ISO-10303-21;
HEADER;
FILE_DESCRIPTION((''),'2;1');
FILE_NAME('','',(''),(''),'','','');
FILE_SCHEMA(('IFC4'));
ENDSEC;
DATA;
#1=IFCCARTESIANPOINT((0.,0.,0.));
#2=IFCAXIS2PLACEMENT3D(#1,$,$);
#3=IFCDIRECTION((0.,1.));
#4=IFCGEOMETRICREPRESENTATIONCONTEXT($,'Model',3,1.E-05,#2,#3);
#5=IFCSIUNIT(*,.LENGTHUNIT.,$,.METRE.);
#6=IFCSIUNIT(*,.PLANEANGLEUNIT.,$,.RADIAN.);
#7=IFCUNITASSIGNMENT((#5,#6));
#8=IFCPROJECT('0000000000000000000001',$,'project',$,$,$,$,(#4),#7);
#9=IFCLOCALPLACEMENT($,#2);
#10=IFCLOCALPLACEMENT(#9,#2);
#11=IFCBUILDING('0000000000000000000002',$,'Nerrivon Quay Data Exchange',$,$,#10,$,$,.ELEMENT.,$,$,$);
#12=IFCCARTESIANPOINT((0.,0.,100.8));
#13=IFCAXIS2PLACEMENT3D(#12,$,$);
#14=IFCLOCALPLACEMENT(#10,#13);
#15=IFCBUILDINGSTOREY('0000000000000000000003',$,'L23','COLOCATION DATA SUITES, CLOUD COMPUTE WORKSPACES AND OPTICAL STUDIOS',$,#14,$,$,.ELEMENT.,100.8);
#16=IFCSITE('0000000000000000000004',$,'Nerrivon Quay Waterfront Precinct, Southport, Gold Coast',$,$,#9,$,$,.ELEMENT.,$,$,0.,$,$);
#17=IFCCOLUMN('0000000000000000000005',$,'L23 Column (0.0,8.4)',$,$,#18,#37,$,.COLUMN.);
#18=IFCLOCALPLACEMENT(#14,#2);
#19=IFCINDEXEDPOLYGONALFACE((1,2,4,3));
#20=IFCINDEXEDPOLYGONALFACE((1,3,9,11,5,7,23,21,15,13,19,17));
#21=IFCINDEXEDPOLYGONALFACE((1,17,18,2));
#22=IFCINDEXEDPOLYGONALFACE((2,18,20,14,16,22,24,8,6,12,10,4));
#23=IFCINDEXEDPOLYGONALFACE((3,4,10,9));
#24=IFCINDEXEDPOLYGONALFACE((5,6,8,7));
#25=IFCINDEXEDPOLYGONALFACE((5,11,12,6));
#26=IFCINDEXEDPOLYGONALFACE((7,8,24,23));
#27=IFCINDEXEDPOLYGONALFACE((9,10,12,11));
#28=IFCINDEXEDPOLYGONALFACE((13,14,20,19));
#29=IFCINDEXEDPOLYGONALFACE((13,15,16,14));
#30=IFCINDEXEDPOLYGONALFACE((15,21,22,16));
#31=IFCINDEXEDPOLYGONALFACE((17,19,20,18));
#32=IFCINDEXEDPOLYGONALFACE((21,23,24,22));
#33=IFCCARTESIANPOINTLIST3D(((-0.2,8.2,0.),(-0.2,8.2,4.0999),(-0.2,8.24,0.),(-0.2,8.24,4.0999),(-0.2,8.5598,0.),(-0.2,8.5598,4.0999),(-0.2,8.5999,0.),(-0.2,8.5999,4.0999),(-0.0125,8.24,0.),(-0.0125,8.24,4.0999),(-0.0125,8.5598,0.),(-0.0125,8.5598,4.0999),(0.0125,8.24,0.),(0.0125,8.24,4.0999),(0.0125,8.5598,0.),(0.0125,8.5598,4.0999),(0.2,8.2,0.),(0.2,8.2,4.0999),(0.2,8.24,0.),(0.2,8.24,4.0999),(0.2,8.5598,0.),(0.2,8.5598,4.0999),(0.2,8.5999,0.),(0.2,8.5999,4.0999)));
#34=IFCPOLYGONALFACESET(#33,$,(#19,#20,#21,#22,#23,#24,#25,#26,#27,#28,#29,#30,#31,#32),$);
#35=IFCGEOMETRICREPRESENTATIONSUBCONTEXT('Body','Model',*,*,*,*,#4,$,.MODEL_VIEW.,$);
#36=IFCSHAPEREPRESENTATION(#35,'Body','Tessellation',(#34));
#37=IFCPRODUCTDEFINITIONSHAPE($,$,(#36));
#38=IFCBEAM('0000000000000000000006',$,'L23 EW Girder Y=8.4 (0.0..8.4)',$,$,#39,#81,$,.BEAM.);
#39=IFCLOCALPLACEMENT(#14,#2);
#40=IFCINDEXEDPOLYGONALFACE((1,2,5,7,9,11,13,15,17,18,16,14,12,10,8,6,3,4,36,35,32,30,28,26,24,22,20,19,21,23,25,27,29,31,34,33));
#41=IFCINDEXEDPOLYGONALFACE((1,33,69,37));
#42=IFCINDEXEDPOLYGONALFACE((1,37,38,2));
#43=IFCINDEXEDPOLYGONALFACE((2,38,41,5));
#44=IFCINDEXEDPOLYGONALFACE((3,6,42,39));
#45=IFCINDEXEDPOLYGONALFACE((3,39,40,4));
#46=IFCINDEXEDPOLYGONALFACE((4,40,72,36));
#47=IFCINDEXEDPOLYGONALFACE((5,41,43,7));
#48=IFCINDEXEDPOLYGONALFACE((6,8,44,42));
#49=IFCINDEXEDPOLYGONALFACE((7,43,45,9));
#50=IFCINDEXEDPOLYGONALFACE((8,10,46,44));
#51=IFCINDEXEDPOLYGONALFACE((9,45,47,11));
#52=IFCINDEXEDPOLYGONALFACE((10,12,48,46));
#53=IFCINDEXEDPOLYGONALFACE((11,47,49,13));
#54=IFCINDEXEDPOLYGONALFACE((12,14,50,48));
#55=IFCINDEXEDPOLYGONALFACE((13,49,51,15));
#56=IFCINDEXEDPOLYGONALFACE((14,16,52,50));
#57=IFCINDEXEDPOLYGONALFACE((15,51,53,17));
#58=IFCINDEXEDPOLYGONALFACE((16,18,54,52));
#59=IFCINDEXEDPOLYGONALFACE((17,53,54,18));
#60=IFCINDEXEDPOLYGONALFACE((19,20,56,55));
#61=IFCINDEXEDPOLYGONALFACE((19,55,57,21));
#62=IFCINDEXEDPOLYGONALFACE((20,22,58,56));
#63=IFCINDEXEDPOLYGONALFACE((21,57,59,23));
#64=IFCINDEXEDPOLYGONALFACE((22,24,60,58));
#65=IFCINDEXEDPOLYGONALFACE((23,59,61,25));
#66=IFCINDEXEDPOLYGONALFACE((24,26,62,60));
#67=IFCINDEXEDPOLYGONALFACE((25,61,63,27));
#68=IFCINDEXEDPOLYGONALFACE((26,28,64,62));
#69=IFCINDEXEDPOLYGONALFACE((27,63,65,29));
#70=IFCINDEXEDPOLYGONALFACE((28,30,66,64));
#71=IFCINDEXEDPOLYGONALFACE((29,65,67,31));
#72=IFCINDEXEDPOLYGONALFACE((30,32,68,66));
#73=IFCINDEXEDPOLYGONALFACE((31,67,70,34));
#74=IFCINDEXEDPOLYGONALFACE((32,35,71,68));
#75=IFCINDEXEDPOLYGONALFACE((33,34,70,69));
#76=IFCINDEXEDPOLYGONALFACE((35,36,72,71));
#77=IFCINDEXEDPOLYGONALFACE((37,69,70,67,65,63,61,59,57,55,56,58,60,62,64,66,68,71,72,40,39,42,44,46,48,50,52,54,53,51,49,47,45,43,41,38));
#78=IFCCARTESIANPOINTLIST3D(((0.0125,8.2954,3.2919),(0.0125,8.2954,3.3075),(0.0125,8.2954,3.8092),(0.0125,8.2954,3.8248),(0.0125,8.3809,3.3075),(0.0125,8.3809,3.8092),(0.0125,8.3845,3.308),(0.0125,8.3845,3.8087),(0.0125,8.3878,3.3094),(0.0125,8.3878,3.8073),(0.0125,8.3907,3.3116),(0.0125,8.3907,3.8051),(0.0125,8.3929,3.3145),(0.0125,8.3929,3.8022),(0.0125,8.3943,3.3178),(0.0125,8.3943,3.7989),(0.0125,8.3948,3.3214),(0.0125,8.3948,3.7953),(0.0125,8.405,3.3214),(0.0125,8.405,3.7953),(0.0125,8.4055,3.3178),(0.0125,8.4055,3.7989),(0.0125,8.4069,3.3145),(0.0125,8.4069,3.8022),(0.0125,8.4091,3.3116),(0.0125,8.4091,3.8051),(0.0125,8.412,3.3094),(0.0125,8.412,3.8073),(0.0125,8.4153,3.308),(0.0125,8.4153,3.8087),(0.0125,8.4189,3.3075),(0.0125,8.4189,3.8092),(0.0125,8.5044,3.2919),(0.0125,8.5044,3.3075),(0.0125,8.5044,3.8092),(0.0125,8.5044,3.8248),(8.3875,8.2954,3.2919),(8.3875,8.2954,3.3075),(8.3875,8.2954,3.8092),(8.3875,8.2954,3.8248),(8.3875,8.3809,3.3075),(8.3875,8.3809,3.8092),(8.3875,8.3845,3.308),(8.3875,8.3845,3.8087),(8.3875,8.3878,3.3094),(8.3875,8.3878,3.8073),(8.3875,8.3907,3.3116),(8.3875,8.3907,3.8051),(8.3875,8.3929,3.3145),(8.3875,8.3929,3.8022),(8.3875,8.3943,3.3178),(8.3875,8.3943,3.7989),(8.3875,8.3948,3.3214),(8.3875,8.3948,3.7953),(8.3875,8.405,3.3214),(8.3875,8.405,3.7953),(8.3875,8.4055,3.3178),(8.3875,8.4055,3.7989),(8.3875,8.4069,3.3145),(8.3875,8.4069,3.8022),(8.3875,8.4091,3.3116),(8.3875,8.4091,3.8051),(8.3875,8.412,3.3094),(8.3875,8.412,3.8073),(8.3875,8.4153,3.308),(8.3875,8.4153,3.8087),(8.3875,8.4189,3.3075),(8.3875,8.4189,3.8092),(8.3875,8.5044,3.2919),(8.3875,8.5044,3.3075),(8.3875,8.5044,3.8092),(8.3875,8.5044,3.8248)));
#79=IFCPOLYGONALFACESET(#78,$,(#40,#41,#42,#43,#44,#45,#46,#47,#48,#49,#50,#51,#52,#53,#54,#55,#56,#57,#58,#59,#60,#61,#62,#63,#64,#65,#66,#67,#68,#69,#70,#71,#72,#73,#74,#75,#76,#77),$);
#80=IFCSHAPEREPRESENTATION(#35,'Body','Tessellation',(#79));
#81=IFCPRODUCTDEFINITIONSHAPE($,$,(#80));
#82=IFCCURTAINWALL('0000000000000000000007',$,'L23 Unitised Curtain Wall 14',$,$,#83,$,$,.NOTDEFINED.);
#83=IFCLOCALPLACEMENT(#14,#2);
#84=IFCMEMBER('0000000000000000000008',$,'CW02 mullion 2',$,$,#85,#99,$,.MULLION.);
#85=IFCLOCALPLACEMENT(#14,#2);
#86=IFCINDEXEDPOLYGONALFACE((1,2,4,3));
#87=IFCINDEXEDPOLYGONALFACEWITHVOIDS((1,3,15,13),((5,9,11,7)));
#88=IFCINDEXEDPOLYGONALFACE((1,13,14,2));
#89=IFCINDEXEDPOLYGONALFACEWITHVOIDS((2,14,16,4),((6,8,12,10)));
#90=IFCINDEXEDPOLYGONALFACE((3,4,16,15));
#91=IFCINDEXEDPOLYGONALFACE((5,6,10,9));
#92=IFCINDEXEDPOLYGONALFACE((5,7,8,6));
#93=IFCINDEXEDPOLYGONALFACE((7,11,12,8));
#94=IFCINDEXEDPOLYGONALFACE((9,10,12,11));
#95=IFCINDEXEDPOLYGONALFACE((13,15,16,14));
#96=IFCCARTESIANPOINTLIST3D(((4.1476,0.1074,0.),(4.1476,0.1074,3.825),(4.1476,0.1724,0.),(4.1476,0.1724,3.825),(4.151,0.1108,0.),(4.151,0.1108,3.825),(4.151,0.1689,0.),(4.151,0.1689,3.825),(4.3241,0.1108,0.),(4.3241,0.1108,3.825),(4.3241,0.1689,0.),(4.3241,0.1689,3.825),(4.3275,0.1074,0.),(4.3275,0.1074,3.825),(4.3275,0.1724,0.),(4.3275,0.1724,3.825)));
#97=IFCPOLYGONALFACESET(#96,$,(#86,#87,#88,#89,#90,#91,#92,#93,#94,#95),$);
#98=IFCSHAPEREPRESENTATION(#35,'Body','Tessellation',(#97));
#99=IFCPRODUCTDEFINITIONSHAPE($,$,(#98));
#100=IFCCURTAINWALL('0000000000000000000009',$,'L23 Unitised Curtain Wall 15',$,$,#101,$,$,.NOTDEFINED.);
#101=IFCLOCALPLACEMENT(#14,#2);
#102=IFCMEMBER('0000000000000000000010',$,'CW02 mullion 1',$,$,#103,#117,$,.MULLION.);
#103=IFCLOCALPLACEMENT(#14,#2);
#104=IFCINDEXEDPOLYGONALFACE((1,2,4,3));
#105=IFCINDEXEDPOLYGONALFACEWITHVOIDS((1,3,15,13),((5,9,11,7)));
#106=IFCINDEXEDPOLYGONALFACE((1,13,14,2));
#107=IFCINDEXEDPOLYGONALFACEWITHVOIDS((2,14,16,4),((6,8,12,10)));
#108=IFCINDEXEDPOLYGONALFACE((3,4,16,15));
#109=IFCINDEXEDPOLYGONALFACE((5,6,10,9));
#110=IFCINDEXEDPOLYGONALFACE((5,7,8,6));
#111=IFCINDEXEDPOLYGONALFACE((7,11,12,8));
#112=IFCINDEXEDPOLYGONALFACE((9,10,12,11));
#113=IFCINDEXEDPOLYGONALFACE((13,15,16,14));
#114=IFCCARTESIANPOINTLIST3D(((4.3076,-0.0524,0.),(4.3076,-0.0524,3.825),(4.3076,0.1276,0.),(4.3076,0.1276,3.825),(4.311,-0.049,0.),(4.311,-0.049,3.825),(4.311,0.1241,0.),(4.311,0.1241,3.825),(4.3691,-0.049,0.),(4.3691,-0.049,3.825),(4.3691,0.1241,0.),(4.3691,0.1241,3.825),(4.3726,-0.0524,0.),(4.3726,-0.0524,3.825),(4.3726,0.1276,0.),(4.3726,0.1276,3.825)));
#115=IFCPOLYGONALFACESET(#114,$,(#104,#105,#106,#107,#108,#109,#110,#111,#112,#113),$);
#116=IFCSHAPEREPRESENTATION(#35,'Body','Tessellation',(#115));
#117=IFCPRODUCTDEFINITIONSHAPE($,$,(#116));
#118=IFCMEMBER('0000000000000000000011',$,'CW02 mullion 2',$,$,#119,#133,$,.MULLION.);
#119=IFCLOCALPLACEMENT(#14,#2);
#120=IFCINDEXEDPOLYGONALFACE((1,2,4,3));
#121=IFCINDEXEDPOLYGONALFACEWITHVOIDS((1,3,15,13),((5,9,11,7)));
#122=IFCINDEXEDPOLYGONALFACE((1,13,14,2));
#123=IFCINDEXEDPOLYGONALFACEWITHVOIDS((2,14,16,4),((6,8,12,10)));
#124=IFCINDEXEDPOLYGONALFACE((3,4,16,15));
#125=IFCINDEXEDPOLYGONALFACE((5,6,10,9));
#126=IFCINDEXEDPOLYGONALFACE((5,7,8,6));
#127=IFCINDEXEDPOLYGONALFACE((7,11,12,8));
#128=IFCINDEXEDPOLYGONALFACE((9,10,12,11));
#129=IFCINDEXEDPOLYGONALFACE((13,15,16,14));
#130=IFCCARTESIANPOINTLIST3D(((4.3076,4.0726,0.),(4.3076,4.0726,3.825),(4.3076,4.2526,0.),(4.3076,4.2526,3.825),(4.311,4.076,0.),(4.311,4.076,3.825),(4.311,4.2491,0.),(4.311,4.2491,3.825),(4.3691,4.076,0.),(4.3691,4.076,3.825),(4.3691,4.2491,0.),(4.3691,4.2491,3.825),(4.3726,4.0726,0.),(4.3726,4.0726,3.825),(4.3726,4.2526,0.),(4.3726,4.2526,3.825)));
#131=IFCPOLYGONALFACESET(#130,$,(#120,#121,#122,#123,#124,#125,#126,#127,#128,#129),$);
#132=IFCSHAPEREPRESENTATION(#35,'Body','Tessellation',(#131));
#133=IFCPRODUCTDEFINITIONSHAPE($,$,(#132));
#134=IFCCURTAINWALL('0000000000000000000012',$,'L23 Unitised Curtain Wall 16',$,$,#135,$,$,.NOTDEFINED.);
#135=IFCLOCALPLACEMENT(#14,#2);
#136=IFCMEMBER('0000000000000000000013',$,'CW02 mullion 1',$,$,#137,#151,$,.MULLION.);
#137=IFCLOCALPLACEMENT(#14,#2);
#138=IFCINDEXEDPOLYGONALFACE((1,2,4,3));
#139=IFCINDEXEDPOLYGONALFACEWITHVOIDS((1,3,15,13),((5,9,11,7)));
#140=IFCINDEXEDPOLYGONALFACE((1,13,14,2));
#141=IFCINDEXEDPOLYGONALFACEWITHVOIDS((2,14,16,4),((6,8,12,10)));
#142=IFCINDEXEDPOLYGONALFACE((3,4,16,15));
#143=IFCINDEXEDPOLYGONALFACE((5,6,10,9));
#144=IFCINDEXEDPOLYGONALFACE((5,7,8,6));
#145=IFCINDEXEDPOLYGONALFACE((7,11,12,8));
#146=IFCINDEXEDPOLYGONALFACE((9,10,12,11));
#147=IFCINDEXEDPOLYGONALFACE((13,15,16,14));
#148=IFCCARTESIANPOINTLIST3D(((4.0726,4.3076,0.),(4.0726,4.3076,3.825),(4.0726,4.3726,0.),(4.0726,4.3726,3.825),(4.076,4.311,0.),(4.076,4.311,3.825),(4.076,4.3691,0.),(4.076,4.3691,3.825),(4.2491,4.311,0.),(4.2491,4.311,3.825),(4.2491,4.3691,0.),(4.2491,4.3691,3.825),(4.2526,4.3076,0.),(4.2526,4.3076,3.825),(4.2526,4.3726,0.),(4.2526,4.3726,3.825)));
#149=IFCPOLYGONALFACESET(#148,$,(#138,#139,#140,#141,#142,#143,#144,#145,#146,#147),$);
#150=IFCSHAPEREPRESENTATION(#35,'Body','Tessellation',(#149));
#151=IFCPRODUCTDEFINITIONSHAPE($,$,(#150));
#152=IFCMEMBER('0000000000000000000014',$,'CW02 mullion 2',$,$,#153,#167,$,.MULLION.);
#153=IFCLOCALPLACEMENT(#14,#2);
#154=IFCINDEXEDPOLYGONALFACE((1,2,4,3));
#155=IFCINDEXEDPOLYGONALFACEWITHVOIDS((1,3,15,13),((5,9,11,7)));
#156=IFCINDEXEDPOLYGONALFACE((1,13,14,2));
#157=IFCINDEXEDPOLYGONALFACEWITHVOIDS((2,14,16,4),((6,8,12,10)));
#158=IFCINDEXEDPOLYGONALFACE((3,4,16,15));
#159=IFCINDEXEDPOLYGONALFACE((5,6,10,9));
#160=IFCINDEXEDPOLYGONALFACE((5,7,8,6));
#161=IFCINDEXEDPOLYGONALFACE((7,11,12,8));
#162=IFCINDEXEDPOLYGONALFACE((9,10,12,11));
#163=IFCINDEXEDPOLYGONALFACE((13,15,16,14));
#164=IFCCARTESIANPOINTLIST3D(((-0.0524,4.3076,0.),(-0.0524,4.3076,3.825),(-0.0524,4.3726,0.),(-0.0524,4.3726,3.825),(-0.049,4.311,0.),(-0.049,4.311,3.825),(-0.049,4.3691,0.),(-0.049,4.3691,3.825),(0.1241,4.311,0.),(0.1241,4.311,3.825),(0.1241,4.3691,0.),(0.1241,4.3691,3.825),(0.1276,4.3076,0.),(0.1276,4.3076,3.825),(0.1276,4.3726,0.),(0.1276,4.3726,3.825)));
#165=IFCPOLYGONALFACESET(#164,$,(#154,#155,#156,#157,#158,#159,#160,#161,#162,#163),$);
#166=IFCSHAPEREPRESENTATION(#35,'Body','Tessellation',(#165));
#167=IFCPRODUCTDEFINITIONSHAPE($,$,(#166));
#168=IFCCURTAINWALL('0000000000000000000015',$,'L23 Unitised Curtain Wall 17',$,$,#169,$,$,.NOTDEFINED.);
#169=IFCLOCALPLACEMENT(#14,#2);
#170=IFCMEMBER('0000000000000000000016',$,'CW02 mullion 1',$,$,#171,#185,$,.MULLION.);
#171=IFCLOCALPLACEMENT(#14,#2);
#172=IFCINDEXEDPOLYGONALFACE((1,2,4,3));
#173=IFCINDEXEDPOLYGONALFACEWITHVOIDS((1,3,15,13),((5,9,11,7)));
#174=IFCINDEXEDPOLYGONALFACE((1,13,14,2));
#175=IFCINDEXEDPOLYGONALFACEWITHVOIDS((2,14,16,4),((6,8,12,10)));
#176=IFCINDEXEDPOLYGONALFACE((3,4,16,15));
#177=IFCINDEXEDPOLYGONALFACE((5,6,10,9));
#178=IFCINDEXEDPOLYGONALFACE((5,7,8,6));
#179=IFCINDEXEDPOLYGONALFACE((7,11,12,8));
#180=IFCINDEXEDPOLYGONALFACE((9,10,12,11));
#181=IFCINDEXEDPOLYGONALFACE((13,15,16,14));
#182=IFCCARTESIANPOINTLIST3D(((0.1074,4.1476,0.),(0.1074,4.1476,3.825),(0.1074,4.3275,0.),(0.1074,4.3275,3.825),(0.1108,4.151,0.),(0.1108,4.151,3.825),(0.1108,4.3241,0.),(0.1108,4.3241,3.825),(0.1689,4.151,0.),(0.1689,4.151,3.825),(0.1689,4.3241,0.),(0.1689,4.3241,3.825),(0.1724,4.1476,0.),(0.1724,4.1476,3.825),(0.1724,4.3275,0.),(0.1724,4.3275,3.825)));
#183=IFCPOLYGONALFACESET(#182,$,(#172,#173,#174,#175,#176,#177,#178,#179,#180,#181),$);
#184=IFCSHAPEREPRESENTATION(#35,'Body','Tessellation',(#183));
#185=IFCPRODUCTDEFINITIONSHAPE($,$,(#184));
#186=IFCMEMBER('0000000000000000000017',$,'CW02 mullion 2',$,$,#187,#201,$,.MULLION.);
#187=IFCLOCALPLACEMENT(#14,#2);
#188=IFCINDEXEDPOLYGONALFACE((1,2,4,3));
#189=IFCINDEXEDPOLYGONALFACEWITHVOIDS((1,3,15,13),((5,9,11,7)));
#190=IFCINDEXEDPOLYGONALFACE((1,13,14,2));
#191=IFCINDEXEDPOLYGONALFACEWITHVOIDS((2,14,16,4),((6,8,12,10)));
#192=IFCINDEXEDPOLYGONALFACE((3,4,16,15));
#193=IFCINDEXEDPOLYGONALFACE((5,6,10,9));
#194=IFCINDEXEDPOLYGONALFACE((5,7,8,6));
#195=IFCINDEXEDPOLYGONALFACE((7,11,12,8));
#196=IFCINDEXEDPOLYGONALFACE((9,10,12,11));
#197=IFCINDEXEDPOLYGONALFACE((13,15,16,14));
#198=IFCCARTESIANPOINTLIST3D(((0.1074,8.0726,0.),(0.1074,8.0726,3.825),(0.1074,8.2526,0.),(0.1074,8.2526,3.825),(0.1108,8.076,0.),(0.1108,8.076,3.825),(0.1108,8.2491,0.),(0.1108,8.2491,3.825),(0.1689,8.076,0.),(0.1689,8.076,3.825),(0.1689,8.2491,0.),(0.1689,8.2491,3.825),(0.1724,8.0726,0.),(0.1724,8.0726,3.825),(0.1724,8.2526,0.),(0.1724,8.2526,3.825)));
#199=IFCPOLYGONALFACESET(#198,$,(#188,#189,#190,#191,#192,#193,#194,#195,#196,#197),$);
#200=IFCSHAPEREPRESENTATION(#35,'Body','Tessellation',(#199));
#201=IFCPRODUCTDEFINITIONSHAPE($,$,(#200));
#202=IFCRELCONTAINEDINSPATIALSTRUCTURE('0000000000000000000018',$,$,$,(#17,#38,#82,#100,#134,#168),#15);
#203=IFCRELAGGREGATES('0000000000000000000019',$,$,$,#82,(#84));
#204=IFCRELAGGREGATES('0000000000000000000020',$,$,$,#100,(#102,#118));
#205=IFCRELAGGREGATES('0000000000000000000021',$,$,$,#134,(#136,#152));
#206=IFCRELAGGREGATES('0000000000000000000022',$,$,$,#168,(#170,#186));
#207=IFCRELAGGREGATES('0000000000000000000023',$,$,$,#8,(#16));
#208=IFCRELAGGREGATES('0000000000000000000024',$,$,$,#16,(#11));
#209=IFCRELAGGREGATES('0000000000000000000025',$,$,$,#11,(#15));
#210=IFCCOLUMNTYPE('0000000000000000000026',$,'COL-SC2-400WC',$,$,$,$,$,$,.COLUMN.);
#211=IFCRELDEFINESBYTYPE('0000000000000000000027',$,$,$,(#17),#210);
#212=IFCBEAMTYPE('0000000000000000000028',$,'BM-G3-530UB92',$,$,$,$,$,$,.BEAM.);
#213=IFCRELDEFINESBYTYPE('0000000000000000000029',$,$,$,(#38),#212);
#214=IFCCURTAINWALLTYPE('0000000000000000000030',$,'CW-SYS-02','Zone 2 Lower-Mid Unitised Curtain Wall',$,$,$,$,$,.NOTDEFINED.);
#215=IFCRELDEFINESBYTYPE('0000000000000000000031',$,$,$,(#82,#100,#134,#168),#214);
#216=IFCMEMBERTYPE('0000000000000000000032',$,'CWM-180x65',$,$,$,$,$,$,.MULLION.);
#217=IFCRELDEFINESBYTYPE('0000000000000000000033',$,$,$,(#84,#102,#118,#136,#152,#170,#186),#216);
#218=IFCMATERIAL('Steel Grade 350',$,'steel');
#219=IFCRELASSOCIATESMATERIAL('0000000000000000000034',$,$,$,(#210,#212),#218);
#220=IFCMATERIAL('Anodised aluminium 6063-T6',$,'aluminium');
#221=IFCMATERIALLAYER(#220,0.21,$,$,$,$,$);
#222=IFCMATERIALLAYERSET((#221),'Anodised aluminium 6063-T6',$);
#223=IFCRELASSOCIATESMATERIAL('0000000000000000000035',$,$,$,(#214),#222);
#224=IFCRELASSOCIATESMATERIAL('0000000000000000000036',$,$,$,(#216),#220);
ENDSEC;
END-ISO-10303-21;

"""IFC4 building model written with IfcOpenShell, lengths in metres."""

from ifc_helpers import new_model, si_unit, direction, frame, origin, origin_2d, place, context, subcontext, project, spatial, hollow_rectangle, i_section, extrude, material, layer, layer_set, material_profile, profile_set, type_object, element, aggregate, save


model = new_model("IFC4")

# Units and contexts
model_context = context("Model", 3, precision=1e-05, world=origin(), true_north=direction((0.0, 1.0)))
body_context = subcontext(model_context, "Body", "Model", "MODEL_VIEW")
ifc_project = project(units=[si_unit("LENGTHUNIT", "METRE"), si_unit("PLANEANGLEUNIT", "RADIAN")], contexts=[model_context])

# Site, building, storey
site_placement = place(None, origin())
site = spatial("IfcSite", under=ifc_project, at=site_placement, Name="Nerrivon Quay Waterfront Precinct, Southport, Gold Coast", CompositionType="ELEMENT", RefElevation=0.0)
building_placement = place(site_placement, origin())
building = spatial("IfcBuilding", under=site, at=building_placement, Name="Nerrivon Quay Data Exchange", CompositionType="ELEMENT")
storey_placement = place(building_placement, frame((0.0, 0.0, 100.8)))
storey = spatial("IfcBuildingStorey", under=building, at=storey_placement, Name="L23", Description="COLOCATION DATA SUITES, CLOUD COMPUTE WORKSPACES AND OPTICAL STUDIOS", CompositionType="ELEMENT", Elevation=100.8)

# Column
ifc_material_1 = material(Name="Steel Grade 350", Category="steel")
ifc_material_profile_1 = material_profile(ifc_material_1, i_section(OverallWidth=0.3999, OverallDepth=0.3999, WebThickness=0.0249, FlangeThickness=0.04, at=origin_2d()), Name="400WC328")
ifc_profile_set_1 = profile_set([ifc_material_profile_1], Name="Steel Grade 350")
column_type = type_object("IfcColumnType", Name="COL-SC2-400WC", PredefinedType="COLUMN", material=ifc_profile_set_1)
column_placement = place(storey_placement, frame((0.0, 8.3999, 0.0), z_axis=(0.0, 0.0, 1.0), x_axis=(1.0, 0.0, 0.0)))
element("IfcColumn", 1, at=column_placement, inside=storey, type_object=column_type, Name="L23 Column (0.0,8.4)", PredefinedType="COLUMN", context=body_context, shape_type="SweptSolid", body=[
    extrude(i_section(OverallWidth=0.3999, OverallDepth=0.3999, WebThickness=0.0249, FlangeThickness=0.04, at=origin_2d()), origin(), (0.0, 0.0, 1.0), 4.0999),
])

# Beam
ifc_material_profile_2 = material_profile(ifc_material_1, i_section(OverallWidth=0.209, OverallDepth=0.533, WebThickness=0.0103, FlangeThickness=0.0156, FilletRadius=0.0139, at=origin_2d()), Name="530UB92.4")
ifc_profile_set_2 = profile_set([ifc_material_profile_2], Name="Steel Grade 350")
beam_type = type_object("IfcBeamType", Name="BM-G3-530UB92", PredefinedType="BEAM", material=ifc_profile_set_2)
beam_placement = place(storey_placement, frame((0.0125, 8.3999, 3.5583), z_axis=(1.0, 0.0, 0.0), x_axis=(0.0, 1.0, 0.0)))
element("IfcBeam", 2, at=beam_placement, inside=storey, type_object=beam_type, Name="L23 EW Girder Y=8.4 (0.0..8.4)", PredefinedType="BEAM", context=body_context, shape_type="SweptSolid", body=[
    extrude(i_section(OverallWidth=0.209, OverallDepth=0.533, WebThickness=0.0103, FlangeThickness=0.0156, FilletRadius=0.0139, at=origin_2d()), origin(), (0.0, 0.0, 1.0), 8.375),
])

# Curtain wall, member
ifc_material_2 = material(Name="Anodised aluminium 6063-T6", Category="aluminium")
ifc_layer_1 = layer(ifc_material_2, 0.21)
ifc_layer_set_1 = layer_set([ifc_layer_1], Name="Anodised aluminium 6063-T6")
curtain_wall_type = type_object("IfcCurtainWallType", Name="CW-SYS-02", Description="Zone 2 Lower-Mid Unitised Curtain Wall", PredefinedType="NOTDEFINED", material=ifc_layer_set_1)
curtain_wall_1_placement = place(storey_placement, origin())
curtain_wall_1 = element("IfcCurtainWall", 3, at=curtain_wall_1_placement, inside=storey, type_object=curtain_wall_type, Name="L23 Unitised Curtain Wall 14", PredefinedType="NOTDEFINED")
ifc_material_profile_3 = material_profile(ifc_material_2, hollow_rectangle(XDim=0.0649, YDim=0.1799, WallThickness=0.0034, at=origin_2d()), Name="ALU-MULL-180x65")
ifc_profile_set_3 = profile_set([ifc_material_profile_3], Name="Anodised aluminium 6063-T6")
member_type_1 = type_object("IfcMemberType", Name="CWM-180x65", PredefinedType="MULLION", material=ifc_profile_set_3)
member_1_placement = place(storey_placement, frame((4.2375, 0.1399, 0.0), z_axis=(0.0, 0.0, 1.0), x_axis=(0.0, -1.0, 0.0)))
member_1 = element("IfcMember", 4, at=member_1_placement, type_object=member_type_1, Name="CW02 mullion 2", PredefinedType="MULLION", context=body_context, shape_type="SweptSolid", body=[
    extrude(hollow_rectangle(XDim=0.0649, YDim=0.1799, WallThickness=0.0034, at=origin_2d()), origin(), (0.0, 0.0, 1.0), 3.825),
])
aggregate(curtain_wall_1, [member_1])

# Curtain walls, members
curtain_wall_2_placement = place(storey_placement, origin())
curtain_wall_2 = element("IfcCurtainWall", 5, at=curtain_wall_2_placement, inside=storey, type_object=curtain_wall_type, Name="L23 Unitised Curtain Wall 15", PredefinedType="NOTDEFINED")
member_2_placement = place(storey_placement, frame((4.3401, 0.0376, 0.0), z_axis=(0.0, 0.0, 1.0), x_axis=(-1.0, 0.0, 0.0)))
member_2 = element("IfcMember", 6, at=member_2_placement, type_object=member_type_1, Name="CW02 mullion 1", PredefinedType="MULLION", context=body_context, shape_type="SweptSolid", body=[
    extrude(hollow_rectangle(XDim=0.0649, YDim=0.1799, WallThickness=0.0034, at=origin_2d()), origin(), (0.0, 0.0, 1.0), 3.825),
])
member_3_placement = place(storey_placement, frame((4.3401, 4.1626, 0.0), z_axis=(0.0, 0.0, 1.0), x_axis=(-1.0, 0.0, 0.0)))
member_3 = element("IfcMember", 7, at=member_3_placement, type_object=member_type_1, Name="CW02 mullion 2", PredefinedType="MULLION", context=body_context, shape_type="SweptSolid", body=[
    extrude(hollow_rectangle(XDim=0.0649, YDim=0.1799, WallThickness=0.0034, at=origin_2d()), origin(), (0.0, 0.0, 1.0), 3.825),
])
curtain_wall_3_placement = place(storey_placement, origin())
curtain_wall_3 = element("IfcCurtainWall", 8, at=curtain_wall_3_placement, inside=storey, type_object=curtain_wall_type, Name="L23 Unitised Curtain Wall 16", PredefinedType="NOTDEFINED")
member_4_placement = place(storey_placement, frame((4.1626, 4.3401, 0.0), z_axis=(0.0, 0.0, 1.0), x_axis=(0.0, -1.0, 0.0)))
member_4 = element("IfcMember", 9, at=member_4_placement, type_object=member_type_1, Name="CW02 mullion 1", PredefinedType="MULLION", context=body_context, shape_type="SweptSolid", body=[
    extrude(hollow_rectangle(XDim=0.0649, YDim=0.1799, WallThickness=0.0034, at=origin_2d()), origin(), (0.0, 0.0, 1.0), 3.825),
])
member_5_placement = place(storey_placement, frame((0.0376, 4.3401, 0.0), z_axis=(0.0, 0.0, 1.0), x_axis=(0.0, -1.0, 0.0)))
member_5 = element("IfcMember", 10, at=member_5_placement, type_object=member_type_1, Name="CW02 mullion 2", PredefinedType="MULLION", context=body_context, shape_type="SweptSolid", body=[
    extrude(hollow_rectangle(XDim=0.0649, YDim=0.1799, WallThickness=0.0034, at=origin_2d()), origin(), (0.0, 0.0, 1.0), 3.825),
])
curtain_wall_4_placement = place(storey_placement, origin())
curtain_wall_4 = element("IfcCurtainWall", 11, at=curtain_wall_4_placement, inside=storey, type_object=curtain_wall_type, Name="L23 Unitised Curtain Wall 17", PredefinedType="NOTDEFINED")
member_6_placement = place(storey_placement, frame((0.1399, 4.2375, 0.0), z_axis=(0.0, 0.0, 1.0), x_axis=(-1.0, 0.0, 0.0)))
member_6 = element("IfcMember", 12, at=member_6_placement, type_object=member_type_1, Name="CW02 mullion 1", PredefinedType="MULLION", context=body_context, shape_type="SweptSolid", body=[
    extrude(hollow_rectangle(XDim=0.0649, YDim=0.1799, WallThickness=0.0034, at=origin_2d()), origin(), (0.0, 0.0, 1.0), 3.825),
])
member_7_placement = place(storey_placement, frame((0.1399, 8.1626, 0.0), z_axis=(0.0, 0.0, 1.0), x_axis=(-1.0, 0.0, 0.0)))
member_7 = element("IfcMember", 13, at=member_7_placement, type_object=member_type_1, Name="CW02 mullion 2", PredefinedType="MULLION", context=body_context, shape_type="SweptSolid", body=[
    extrude(hollow_rectangle(XDim=0.0649, YDim=0.1799, WallThickness=0.0034, at=origin_2d()), origin(), (0.0, 0.0, 1.0), 3.825),
])

aggregate(curtain_wall_2, [member_2, member_3])
aggregate(curtain_wall_3, [member_4, member_5])
aggregate(curtain_wall_4, [member_6, member_7])

save(model, "model.ifc")
